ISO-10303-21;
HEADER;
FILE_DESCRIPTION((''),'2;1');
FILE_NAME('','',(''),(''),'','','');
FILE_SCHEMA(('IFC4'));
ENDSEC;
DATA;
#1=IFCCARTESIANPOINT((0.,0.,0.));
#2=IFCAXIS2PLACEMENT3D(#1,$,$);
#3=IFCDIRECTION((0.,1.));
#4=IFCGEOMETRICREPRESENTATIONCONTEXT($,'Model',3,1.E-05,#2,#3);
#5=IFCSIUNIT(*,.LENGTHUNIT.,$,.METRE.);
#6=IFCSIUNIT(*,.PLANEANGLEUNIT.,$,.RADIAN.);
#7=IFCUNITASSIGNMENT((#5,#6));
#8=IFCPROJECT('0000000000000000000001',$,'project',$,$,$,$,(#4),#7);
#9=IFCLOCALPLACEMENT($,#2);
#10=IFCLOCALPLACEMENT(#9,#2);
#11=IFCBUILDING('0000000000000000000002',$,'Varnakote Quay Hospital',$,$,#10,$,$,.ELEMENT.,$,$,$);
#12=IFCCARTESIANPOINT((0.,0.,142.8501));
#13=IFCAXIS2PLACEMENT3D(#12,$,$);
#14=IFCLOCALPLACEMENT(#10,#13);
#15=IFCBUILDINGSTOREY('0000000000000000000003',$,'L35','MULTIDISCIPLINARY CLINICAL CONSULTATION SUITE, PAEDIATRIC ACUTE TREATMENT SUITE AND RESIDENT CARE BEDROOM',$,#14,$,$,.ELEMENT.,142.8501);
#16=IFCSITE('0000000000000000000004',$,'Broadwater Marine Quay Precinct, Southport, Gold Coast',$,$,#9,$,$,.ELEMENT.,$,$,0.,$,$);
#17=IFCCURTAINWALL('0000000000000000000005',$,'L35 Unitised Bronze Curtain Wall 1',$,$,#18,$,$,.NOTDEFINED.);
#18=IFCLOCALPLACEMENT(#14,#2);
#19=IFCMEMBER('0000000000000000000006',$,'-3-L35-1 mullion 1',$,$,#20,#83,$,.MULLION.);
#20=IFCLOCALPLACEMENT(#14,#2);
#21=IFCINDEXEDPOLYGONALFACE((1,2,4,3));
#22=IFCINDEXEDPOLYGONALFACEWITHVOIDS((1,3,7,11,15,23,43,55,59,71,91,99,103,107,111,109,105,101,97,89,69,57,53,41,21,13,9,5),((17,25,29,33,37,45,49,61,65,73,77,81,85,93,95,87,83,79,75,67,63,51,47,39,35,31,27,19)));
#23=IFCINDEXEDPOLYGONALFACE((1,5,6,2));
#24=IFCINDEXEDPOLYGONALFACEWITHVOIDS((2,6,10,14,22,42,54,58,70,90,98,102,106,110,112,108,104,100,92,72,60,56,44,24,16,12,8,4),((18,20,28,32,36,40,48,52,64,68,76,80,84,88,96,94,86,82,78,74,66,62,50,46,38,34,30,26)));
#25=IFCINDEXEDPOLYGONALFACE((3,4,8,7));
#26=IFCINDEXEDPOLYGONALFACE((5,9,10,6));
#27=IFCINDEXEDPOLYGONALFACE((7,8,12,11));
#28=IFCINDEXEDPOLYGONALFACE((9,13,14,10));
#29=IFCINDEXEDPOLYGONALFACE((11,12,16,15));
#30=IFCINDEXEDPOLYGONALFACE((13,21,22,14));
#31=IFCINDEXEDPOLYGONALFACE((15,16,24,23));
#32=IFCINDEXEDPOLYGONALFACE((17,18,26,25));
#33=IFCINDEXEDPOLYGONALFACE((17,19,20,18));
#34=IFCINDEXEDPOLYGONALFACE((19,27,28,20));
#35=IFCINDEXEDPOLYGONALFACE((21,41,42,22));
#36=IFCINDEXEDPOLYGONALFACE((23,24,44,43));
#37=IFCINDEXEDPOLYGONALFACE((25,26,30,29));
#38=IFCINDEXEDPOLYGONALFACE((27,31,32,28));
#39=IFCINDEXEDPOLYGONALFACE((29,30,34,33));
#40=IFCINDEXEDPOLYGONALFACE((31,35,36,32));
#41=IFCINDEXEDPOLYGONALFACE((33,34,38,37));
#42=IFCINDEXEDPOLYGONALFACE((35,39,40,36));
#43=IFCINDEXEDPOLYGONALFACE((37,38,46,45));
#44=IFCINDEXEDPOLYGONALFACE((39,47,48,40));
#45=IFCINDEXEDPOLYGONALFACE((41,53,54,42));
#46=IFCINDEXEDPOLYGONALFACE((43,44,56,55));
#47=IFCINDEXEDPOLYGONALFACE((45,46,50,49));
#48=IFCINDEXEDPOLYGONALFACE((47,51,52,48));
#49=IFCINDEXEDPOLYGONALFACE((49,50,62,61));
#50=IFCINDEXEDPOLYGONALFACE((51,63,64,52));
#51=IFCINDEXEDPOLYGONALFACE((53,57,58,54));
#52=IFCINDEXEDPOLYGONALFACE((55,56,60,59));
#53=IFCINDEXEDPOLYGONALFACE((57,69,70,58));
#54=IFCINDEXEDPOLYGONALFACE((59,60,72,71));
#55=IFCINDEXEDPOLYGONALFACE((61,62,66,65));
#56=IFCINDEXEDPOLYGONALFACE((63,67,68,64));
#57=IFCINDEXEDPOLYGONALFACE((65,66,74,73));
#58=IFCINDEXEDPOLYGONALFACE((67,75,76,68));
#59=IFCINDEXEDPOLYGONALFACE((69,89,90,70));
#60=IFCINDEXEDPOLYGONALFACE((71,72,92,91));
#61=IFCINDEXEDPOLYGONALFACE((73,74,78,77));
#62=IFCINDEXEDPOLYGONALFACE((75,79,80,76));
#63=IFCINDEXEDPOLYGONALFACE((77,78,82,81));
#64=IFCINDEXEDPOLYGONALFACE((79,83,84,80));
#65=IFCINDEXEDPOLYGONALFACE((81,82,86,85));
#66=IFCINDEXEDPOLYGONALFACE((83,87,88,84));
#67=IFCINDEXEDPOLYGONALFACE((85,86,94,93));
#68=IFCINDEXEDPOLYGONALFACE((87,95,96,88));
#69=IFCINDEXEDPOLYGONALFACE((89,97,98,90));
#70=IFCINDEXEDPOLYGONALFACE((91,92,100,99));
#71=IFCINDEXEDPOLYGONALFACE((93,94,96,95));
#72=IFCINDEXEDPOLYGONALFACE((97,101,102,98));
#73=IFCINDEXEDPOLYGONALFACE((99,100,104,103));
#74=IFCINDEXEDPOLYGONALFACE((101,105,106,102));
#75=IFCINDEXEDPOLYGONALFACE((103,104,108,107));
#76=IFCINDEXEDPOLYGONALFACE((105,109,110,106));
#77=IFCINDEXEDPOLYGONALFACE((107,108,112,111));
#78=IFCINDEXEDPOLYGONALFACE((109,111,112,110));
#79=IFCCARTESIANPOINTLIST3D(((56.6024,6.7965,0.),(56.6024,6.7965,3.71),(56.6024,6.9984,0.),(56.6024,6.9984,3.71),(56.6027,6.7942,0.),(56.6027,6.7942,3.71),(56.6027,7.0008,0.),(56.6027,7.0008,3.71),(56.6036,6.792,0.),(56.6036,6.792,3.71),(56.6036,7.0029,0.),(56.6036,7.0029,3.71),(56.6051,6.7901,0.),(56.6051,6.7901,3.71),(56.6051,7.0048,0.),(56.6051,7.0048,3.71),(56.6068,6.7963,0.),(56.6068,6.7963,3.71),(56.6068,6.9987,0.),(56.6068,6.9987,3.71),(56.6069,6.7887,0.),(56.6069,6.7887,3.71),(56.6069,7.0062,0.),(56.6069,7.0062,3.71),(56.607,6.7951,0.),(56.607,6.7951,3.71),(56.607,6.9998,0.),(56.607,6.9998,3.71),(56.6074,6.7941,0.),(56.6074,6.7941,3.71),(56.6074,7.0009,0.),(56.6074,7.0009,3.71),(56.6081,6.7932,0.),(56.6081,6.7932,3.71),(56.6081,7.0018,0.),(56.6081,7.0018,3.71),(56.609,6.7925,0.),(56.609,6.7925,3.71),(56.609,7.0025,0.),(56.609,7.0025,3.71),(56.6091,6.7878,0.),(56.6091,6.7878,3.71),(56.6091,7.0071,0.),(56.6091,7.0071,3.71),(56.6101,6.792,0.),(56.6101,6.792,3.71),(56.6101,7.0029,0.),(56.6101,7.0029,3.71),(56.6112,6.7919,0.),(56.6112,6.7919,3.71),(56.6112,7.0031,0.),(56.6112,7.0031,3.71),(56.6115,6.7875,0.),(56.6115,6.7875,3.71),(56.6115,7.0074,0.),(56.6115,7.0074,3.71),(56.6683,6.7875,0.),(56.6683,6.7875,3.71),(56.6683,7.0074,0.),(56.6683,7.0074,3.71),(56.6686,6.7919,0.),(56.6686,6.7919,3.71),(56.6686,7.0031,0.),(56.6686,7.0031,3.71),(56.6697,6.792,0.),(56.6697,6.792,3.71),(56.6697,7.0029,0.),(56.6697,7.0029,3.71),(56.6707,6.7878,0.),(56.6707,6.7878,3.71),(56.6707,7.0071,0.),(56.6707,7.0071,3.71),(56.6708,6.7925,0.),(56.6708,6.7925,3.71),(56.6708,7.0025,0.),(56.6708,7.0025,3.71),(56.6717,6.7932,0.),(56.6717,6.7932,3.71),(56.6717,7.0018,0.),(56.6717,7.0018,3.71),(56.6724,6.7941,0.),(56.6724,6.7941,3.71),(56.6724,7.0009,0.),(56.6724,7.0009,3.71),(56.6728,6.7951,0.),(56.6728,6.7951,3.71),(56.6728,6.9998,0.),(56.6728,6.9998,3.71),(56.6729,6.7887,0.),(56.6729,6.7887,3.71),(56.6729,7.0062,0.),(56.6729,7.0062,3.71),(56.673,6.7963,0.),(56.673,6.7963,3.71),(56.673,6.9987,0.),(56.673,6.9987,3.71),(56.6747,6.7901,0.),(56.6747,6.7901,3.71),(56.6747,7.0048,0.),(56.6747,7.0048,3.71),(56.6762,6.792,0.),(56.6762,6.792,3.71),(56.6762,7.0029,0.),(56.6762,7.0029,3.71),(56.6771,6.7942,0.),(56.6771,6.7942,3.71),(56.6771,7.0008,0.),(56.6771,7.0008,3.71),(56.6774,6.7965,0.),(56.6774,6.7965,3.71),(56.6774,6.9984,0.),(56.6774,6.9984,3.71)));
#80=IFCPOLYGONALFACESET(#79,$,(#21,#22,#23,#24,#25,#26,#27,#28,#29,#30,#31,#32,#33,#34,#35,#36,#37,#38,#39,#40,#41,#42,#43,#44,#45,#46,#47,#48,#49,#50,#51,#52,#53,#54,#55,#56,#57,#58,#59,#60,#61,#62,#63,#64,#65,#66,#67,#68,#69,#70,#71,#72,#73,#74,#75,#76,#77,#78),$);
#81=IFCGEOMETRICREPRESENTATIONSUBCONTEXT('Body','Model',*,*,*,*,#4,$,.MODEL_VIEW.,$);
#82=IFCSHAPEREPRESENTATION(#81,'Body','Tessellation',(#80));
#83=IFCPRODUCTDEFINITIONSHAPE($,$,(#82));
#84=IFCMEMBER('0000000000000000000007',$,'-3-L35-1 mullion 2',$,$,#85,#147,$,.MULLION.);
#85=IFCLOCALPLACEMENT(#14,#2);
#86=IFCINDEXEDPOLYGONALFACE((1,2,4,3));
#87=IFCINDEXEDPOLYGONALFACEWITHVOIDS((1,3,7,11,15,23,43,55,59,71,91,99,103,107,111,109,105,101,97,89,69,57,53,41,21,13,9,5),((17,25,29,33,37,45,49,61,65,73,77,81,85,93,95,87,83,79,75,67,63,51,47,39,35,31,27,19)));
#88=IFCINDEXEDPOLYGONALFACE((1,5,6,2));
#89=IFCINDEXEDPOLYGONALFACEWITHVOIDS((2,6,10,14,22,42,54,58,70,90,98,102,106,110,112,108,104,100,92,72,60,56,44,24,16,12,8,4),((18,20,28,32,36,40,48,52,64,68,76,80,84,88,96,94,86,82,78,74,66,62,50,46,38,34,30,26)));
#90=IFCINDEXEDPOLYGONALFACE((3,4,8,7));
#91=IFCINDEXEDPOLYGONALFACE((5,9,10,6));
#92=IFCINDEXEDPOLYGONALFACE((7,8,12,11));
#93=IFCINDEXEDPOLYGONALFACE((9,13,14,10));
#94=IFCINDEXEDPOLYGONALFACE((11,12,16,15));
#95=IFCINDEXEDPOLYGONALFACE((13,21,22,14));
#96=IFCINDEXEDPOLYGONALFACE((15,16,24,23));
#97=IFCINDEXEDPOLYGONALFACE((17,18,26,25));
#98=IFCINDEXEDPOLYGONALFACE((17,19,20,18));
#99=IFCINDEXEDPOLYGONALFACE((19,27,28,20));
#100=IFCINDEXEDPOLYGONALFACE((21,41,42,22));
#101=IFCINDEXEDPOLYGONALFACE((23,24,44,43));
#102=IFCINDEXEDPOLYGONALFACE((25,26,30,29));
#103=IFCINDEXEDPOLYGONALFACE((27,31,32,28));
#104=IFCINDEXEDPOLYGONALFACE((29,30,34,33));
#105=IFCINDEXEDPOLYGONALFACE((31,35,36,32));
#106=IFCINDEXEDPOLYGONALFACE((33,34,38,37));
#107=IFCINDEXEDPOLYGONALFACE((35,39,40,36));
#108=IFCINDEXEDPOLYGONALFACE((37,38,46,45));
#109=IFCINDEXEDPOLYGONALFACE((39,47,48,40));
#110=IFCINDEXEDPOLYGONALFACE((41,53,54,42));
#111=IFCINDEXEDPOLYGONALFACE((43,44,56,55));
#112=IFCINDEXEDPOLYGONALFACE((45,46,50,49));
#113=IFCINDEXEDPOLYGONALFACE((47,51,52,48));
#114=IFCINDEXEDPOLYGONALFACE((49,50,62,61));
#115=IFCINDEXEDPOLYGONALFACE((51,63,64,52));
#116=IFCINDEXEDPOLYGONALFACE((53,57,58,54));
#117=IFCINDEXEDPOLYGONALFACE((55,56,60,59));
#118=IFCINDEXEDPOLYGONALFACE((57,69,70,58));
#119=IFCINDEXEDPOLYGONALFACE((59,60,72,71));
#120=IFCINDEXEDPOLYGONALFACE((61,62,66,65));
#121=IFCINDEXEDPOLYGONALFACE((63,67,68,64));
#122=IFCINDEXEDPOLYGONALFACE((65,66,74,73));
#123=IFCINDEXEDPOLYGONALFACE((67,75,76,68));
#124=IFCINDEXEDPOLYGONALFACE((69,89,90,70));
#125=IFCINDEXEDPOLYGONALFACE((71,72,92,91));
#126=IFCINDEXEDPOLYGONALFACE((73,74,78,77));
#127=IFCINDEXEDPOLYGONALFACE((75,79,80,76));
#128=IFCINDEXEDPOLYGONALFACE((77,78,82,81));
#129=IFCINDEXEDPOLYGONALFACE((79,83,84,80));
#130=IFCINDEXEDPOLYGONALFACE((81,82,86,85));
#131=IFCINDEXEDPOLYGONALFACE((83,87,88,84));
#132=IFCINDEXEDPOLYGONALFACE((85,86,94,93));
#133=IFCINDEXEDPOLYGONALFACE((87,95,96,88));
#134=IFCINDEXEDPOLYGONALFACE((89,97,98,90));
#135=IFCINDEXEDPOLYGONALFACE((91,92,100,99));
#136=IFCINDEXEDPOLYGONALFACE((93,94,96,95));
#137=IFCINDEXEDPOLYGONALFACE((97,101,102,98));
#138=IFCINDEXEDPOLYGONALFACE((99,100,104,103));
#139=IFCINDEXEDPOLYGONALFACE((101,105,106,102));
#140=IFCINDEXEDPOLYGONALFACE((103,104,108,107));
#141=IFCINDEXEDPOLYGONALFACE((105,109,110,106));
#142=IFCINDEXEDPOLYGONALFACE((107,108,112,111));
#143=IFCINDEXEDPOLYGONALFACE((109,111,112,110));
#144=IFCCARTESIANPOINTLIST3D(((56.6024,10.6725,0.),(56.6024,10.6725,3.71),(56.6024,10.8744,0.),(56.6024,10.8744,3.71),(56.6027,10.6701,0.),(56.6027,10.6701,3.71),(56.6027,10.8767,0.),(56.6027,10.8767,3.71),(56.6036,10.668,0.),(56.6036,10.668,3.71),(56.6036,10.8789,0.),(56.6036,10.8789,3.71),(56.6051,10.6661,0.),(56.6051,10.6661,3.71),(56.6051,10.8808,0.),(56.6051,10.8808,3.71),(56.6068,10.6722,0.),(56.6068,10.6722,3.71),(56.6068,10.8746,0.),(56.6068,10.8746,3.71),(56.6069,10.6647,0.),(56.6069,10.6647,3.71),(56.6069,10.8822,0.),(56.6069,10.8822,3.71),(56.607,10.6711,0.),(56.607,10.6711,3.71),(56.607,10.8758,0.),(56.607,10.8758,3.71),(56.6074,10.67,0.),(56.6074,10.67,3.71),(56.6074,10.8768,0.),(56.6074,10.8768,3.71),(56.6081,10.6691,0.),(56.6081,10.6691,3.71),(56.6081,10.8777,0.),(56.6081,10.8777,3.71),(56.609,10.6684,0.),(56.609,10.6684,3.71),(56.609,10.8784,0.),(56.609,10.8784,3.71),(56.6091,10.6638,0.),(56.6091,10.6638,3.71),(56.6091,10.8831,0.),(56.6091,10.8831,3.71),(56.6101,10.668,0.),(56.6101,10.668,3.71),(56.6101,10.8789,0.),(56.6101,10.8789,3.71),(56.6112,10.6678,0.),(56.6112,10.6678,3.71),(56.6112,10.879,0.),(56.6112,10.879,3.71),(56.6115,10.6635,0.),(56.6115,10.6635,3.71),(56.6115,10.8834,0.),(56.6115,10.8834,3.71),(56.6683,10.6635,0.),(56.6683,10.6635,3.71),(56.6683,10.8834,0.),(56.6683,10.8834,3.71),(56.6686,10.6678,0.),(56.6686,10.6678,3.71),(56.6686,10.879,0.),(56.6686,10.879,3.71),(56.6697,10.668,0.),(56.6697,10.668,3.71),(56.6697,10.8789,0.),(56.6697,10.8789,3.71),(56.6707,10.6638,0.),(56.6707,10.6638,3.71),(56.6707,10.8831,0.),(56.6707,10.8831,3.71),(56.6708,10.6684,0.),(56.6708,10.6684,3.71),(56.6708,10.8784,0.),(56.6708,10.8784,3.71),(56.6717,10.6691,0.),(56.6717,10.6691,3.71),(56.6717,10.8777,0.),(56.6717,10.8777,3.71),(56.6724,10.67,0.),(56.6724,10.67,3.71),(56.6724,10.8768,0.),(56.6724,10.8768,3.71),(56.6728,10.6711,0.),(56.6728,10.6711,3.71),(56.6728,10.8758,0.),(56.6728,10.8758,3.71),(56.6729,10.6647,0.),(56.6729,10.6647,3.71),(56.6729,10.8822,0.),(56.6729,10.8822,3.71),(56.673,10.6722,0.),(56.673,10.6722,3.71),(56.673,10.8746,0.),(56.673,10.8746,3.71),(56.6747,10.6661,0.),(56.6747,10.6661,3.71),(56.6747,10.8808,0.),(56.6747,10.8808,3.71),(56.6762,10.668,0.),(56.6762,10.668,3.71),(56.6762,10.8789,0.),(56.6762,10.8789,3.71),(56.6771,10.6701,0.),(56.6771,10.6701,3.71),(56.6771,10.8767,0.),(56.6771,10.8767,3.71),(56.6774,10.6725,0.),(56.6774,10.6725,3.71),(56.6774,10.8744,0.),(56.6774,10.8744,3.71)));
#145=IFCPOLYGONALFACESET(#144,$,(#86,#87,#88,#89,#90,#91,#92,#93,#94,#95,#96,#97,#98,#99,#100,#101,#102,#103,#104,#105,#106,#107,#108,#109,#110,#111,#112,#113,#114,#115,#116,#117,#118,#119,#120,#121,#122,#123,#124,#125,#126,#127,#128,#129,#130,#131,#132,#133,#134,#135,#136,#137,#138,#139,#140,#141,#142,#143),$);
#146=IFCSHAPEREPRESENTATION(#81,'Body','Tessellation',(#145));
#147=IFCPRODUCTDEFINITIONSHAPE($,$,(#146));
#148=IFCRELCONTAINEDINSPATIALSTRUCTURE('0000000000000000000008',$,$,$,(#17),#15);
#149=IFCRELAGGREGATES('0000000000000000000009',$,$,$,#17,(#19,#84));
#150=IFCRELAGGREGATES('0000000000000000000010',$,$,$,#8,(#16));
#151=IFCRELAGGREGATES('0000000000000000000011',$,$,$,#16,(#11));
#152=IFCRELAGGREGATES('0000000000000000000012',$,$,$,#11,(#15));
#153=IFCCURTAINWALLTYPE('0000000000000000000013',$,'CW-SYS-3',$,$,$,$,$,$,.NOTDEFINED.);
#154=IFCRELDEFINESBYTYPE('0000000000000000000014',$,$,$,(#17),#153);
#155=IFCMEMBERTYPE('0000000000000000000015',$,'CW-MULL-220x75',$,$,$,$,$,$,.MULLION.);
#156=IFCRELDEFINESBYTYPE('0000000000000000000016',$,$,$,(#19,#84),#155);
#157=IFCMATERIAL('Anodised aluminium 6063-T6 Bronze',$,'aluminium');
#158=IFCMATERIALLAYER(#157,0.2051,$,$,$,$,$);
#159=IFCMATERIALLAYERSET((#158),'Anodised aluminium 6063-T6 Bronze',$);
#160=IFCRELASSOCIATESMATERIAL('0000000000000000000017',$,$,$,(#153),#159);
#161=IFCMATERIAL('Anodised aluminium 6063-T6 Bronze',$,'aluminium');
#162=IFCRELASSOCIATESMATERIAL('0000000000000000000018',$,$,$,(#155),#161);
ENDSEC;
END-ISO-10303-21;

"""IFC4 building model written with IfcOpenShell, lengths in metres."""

from ifc_helpers import new_model, si_unit, direction, frame, origin, origin_2d, place, context, subcontext, project, spatial, hollow_rectangle, extrude, material, layer, layer_set, material_profile, profile_set, type_object, element, aggregate, save


model = new_model("IFC4")

# Units and contexts
model_context = context("Model", 3, precision=1e-05, world=origin(), true_north=direction((0.0, 1.0)))
body_context = subcontext(model_context, "Body", "Model", "MODEL_VIEW")
ifc_project = project(units=[si_unit("LENGTHUNIT", "METRE"), si_unit("PLANEANGLEUNIT", "RADIAN")], contexts=[model_context])

# Site, building, storey
site_placement = place(None, origin())
site = spatial("IfcSite", under=ifc_project, at=site_placement, Name="Broadwater Marine Quay Precinct, Southport, Gold Coast", CompositionType="ELEMENT", RefElevation=0.0)
building_placement = place(site_placement, origin())
building = spatial("IfcBuilding", under=site, at=building_placement, Name="Varnakote Quay Hospital", CompositionType="ELEMENT")
storey_placement = place(building_placement, frame((0.0, 0.0, 142.8501)))
storey = spatial("IfcBuildingStorey", under=building, at=storey_placement, Name="L35", Description="MULTIDISCIPLINARY CLINICAL CONSULTATION SUITE, PAEDIATRIC ACUTE TREATMENT SUITE AND RESIDENT CARE BEDROOM", CompositionType="ELEMENT", Elevation=142.8501)

# Curtain wall, members
ifc_material_1 = material(Name="Anodised aluminium 6063-T6 Bronze", Category="aluminium")
ifc_layer_1 = layer(ifc_material_1, 0.2051)
ifc_layer_set_1 = layer_set([ifc_layer_1], Name="Anodised aluminium 6063-T6 Bronze")
curtain_wall_type = type_object("IfcCurtainWallType", Name="CW-SYS-3", PredefinedType="NOTDEFINED", material=ifc_layer_set_1)
curtain_wall_placement = place(storey_placement, origin())
curtain_wall = element("IfcCurtainWall", 1, at=curtain_wall_placement, inside=storey, type_object=curtain_wall_type, Name="L35 Unitised Bronze Curtain Wall 1", PredefinedType="NOTDEFINED")
ifc_material_2 = material(Name="Anodised aluminium 6063-T6 Bronze", Category="aluminium")
ifc_material_profile_1 = material_profile(ifc_material_2, hollow_rectangle(XDim=0.075, YDim=0.22, WallThickness=0.0044, InnerFilletRadius=0.0044, OuterFilletRadius=0.009, at=origin_2d()), Name="CW-MULL-220x75")
ifc_profile_set_1 = profile_set([ifc_material_profile_1], Name="Anodised aluminium 6063-T6 Bronze")
member_type_1 = type_object("IfcMemberType", Name="CW-MULL-220x75", PredefinedType="MULLION", material=ifc_profile_set_1)
member_1_placement = place(storey_placement, frame((56.6399, 6.8975, 0.0), z_axis=(0.0, 0.0, 1.0), x_axis=(-1.0, 0.0, 0.0)))
member_1 = element("IfcMember", 2, at=member_1_placement, type_object=member_type_1, Name="-3-L35-1 mullion 1", PredefinedType="MULLION", context=body_context, shape_type="SweptSolid", body=[
    extrude(hollow_rectangle(XDim=0.075, YDim=0.22, WallThickness=0.0044, InnerFilletRadius=0.0044, OuterFilletRadius=0.009, at=origin_2d()), origin(), (0.0, 0.0, 1.0), 3.71),
])
member_2_placement = place(storey_placement, frame((56.6399, 10.7734, 0.0), z_axis=(0.0, 0.0, 1.0), x_axis=(-1.0, 0.0, 0.0)))
member_2 = element("IfcMember", 3, at=member_2_placement, type_object=member_type_1, Name="-3-L35-1 mullion 2", PredefinedType="MULLION", context=body_context, shape_type="SweptSolid", body=[
    extrude(hollow_rectangle(XDim=0.075, YDim=0.22, WallThickness=0.0044, InnerFilletRadius=0.0044, OuterFilletRadius=0.009, at=origin_2d()), origin(), (0.0, 0.0, 1.0), 3.71),
])
aggregate(curtain_wall, [member_1, member_2])

save(model, "model.ifc")
